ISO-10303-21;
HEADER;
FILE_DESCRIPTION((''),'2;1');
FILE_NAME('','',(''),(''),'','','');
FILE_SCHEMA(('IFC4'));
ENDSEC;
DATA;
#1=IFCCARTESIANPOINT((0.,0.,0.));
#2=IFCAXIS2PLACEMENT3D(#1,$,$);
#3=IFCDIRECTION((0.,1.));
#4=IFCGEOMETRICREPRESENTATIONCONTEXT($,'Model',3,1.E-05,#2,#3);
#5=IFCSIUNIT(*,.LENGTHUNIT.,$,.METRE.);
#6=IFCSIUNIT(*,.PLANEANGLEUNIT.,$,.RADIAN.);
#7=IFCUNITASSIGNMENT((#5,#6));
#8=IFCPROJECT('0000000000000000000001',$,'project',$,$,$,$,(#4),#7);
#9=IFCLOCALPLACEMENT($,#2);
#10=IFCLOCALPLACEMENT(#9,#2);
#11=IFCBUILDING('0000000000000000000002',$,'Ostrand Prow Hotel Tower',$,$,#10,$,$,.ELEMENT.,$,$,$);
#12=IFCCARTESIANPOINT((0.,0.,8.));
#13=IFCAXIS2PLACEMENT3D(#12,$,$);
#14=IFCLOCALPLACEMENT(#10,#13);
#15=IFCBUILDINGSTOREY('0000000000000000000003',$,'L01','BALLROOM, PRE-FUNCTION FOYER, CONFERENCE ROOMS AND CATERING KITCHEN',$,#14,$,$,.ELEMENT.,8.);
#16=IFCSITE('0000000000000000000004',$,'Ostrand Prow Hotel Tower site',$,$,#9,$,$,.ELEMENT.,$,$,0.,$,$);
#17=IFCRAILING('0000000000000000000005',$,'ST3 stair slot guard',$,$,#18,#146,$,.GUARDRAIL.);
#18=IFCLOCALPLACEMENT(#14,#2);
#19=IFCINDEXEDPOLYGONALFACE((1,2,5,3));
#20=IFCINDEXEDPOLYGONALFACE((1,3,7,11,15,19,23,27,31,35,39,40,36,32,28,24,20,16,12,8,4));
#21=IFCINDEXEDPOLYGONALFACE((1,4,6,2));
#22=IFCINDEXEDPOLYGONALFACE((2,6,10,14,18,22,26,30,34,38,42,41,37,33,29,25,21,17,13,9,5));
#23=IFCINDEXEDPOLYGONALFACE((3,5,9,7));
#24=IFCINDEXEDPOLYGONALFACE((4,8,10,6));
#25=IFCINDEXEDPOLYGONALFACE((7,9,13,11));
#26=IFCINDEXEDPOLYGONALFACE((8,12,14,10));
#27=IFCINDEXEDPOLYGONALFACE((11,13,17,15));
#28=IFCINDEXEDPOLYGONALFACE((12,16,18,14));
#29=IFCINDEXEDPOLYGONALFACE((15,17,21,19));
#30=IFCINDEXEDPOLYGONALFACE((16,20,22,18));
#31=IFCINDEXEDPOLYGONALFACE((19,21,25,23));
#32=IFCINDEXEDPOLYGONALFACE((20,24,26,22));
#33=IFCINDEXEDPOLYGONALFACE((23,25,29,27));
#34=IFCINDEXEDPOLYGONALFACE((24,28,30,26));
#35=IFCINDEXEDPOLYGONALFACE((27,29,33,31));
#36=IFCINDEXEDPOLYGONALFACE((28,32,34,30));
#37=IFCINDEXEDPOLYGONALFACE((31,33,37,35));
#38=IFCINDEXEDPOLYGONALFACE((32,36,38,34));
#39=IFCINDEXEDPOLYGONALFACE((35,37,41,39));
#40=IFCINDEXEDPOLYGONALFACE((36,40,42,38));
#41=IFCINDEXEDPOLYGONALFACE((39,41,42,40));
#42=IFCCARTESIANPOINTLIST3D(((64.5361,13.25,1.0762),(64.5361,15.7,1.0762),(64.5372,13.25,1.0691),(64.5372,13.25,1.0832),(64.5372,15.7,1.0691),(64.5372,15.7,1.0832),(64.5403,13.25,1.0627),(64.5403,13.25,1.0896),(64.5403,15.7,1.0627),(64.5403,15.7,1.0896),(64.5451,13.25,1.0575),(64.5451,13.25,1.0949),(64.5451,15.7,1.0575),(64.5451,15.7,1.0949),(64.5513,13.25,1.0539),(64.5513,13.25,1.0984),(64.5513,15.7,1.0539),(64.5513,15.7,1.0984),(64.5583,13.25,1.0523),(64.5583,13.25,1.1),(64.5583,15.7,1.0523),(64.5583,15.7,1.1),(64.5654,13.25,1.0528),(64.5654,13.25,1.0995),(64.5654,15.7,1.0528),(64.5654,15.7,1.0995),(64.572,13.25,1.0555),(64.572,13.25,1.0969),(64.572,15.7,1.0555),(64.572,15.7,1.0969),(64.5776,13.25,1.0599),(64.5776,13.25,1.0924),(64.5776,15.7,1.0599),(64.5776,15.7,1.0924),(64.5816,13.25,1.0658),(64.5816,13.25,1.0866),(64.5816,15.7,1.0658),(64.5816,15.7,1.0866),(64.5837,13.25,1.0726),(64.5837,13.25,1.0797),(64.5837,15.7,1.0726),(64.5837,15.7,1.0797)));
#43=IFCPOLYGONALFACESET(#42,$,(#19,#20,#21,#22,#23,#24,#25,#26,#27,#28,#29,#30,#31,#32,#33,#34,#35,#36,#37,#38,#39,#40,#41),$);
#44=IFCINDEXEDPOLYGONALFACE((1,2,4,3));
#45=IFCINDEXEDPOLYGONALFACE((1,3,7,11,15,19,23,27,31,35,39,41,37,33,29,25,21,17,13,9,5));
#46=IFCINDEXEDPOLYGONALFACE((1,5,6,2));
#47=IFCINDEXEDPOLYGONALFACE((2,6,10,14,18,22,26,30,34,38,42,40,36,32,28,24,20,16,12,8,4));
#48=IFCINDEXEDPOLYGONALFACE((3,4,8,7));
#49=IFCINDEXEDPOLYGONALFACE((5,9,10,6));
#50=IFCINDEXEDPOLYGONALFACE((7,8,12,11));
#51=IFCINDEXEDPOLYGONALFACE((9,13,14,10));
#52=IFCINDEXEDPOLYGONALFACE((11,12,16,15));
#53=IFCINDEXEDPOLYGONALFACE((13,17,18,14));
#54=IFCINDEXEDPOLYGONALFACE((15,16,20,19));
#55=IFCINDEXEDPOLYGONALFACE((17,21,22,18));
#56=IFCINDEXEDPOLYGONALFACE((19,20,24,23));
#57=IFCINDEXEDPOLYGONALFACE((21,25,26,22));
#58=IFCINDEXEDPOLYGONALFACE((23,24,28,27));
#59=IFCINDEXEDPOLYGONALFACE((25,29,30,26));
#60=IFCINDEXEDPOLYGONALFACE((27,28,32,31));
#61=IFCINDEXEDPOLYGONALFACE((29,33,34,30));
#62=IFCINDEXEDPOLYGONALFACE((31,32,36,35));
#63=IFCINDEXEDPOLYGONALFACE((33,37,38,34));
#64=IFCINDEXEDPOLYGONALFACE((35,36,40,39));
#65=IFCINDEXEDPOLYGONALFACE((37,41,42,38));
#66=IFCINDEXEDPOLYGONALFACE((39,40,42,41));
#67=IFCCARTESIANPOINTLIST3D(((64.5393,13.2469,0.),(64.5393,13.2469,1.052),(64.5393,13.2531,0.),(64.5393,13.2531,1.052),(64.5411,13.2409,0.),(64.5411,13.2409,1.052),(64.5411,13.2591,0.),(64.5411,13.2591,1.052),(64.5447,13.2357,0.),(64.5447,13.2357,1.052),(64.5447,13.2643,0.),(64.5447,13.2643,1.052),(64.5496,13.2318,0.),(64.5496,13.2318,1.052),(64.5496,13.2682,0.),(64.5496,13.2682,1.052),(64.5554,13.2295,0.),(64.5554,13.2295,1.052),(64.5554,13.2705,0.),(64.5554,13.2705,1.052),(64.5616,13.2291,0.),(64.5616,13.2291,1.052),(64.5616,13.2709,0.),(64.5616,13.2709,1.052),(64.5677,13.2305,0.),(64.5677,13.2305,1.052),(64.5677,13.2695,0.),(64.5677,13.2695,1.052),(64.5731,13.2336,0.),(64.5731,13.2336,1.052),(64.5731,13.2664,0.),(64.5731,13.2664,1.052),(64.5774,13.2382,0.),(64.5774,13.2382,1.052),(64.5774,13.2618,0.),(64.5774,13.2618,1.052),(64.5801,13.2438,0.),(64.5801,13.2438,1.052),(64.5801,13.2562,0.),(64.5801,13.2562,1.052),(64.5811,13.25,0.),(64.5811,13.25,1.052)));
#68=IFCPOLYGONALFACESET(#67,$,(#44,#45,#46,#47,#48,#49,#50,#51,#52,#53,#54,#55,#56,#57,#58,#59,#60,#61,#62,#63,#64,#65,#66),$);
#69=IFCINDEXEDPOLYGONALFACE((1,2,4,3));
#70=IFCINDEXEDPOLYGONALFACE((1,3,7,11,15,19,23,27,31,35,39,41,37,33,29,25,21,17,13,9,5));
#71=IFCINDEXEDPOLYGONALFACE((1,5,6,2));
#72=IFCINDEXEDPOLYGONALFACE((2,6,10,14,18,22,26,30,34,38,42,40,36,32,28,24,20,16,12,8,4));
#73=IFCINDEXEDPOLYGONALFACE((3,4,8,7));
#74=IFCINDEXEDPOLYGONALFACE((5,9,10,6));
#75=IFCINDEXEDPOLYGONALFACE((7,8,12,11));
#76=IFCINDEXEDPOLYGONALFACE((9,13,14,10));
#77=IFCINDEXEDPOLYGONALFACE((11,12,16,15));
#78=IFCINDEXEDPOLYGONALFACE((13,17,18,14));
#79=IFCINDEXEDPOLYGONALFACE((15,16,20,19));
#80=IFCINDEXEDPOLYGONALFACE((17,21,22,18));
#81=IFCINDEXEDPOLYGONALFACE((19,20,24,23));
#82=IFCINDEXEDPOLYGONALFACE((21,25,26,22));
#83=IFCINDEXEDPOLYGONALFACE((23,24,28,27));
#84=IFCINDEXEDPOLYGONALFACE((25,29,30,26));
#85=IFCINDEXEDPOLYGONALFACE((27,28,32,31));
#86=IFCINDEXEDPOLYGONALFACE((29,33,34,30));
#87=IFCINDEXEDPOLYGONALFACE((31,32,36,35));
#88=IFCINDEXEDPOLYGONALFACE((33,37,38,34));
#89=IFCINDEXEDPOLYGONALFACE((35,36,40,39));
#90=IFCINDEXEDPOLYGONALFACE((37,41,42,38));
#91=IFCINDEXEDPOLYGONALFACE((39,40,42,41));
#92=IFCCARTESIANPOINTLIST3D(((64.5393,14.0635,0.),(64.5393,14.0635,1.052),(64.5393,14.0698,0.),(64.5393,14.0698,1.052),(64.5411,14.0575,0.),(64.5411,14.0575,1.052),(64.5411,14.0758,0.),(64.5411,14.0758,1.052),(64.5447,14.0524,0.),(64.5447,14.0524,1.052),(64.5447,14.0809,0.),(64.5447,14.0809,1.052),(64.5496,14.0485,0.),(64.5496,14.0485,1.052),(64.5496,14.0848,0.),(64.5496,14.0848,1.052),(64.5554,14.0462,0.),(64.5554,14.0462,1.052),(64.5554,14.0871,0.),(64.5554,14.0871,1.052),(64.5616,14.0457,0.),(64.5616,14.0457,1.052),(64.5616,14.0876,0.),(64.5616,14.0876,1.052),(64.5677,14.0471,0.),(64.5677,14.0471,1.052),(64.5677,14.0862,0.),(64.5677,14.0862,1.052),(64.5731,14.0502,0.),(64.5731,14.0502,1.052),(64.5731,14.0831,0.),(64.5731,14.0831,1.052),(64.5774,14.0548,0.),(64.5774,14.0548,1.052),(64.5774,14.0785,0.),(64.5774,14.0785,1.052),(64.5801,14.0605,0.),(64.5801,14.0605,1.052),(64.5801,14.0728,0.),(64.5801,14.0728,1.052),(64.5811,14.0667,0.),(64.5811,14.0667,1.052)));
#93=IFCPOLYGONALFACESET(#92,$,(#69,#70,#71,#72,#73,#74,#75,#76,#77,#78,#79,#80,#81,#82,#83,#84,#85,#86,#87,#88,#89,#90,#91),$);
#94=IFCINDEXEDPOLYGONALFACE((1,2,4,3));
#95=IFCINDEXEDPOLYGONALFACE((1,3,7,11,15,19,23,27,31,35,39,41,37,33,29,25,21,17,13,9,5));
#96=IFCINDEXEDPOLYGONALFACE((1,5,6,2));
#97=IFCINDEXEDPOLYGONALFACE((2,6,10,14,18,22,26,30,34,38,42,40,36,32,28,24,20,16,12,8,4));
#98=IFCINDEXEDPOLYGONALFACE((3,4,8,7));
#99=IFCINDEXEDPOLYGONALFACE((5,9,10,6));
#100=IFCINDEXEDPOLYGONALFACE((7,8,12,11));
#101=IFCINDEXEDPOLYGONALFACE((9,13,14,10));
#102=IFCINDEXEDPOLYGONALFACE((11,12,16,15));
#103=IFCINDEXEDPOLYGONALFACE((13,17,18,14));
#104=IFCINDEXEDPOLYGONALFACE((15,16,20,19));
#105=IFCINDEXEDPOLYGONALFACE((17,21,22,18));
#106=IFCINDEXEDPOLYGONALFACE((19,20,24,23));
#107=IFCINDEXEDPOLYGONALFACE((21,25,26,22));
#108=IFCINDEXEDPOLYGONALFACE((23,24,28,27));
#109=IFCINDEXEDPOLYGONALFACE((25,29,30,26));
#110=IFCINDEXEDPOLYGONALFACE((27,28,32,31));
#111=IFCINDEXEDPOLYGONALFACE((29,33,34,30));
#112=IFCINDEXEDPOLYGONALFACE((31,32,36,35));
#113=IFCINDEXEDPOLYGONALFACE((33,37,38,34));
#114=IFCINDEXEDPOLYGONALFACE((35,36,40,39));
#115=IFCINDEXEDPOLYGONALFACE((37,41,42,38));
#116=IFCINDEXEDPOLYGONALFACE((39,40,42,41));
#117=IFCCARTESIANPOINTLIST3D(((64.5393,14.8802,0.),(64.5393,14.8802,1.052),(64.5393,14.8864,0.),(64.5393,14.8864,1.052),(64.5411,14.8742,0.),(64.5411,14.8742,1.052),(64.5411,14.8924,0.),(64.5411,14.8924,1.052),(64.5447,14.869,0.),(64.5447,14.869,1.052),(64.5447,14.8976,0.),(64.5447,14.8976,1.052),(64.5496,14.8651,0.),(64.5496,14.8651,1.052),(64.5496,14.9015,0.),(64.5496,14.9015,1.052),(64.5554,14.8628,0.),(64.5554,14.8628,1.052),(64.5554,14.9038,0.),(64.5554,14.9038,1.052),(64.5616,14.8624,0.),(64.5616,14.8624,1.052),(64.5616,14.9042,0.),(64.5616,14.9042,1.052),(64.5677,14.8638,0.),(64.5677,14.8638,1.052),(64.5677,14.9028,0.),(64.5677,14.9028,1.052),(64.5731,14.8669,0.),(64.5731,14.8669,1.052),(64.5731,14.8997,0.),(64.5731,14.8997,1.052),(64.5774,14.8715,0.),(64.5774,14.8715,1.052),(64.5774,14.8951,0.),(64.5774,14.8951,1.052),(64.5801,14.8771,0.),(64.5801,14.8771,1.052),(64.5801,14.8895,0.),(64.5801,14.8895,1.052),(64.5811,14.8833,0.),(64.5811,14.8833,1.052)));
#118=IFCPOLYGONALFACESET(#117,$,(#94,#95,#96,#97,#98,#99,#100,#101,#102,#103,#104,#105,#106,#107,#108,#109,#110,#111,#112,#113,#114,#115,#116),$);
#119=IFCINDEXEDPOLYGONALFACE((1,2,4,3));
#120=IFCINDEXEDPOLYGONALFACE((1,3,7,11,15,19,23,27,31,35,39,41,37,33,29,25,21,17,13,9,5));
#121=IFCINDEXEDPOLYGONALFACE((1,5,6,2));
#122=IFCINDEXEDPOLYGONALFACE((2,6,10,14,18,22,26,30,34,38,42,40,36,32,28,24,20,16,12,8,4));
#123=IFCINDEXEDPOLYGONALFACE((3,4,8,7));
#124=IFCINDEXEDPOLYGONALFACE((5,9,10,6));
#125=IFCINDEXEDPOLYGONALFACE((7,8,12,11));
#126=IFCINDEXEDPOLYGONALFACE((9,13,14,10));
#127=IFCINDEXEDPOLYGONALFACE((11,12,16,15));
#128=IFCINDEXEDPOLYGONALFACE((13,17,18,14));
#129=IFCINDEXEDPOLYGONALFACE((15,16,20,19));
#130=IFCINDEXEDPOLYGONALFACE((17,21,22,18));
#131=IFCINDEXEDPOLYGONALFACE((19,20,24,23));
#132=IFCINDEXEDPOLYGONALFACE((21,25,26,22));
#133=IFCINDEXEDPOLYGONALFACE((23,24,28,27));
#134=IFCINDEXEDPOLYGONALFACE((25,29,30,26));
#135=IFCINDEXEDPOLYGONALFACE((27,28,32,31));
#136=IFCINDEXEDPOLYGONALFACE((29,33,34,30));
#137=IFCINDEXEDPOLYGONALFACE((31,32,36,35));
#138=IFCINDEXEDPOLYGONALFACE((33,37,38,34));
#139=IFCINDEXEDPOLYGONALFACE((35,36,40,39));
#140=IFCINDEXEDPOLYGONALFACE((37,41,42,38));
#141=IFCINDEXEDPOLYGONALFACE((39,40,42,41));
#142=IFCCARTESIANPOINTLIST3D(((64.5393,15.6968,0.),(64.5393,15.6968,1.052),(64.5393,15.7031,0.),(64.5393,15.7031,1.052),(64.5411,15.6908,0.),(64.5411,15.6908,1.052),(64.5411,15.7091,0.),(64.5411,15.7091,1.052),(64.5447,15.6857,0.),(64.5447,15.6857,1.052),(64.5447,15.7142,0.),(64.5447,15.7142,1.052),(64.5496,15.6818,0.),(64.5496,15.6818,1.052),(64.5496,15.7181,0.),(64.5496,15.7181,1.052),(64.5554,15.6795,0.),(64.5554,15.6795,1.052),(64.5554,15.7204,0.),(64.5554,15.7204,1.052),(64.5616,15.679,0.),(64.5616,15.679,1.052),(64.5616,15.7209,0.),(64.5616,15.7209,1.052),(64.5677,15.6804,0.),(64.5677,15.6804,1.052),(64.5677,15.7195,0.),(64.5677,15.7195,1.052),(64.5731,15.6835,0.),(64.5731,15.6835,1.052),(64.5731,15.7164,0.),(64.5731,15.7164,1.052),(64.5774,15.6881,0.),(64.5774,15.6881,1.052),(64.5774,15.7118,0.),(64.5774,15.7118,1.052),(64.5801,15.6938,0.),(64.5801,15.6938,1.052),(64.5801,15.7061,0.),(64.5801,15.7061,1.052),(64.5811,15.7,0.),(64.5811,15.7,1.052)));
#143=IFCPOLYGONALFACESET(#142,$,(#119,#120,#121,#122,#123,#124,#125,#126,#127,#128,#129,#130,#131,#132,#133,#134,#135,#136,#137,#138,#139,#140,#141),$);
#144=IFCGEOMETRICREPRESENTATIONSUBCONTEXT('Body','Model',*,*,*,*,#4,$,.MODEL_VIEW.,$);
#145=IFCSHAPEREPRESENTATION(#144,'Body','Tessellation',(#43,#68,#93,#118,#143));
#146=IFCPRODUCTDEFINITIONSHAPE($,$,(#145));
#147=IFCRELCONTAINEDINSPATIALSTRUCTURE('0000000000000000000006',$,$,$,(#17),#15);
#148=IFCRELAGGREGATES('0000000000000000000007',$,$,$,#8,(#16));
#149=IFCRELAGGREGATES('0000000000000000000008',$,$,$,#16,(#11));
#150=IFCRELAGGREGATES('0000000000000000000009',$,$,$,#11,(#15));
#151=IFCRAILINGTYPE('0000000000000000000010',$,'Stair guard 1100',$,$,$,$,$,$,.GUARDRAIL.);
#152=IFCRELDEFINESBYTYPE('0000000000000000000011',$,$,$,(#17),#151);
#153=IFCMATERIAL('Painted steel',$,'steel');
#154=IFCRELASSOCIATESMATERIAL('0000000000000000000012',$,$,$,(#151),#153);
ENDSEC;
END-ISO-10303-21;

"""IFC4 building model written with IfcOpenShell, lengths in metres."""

from ifc_helpers import new_model, si_unit, direction, frame, origin, origin_2d, place, context, subcontext, project, spatial, circle, extrude, material, type_object, element, save


model = new_model("IFC4")

# Units and contexts
model_context = context("Model", 3, precision=1e-05, world=origin(), true_north=direction((0.0, 1.0)))
body_context = subcontext(model_context, "Body", "Model", "MODEL_VIEW")
ifc_project = project(units=[si_unit("LENGTHUNIT", "METRE"), si_unit("PLANEANGLEUNIT", "RADIAN")], contexts=[model_context])

# Site, building, storey
site_placement = place(None, origin())
site = spatial("IfcSite", under=ifc_project, at=site_placement, Name="Ostrand Prow Hotel Tower site", CompositionType="ELEMENT", RefElevation=0.0)
building_placement = place(site_placement, origin())
building = spatial("IfcBuilding", under=site, at=building_placement, Name="Ostrand Prow Hotel Tower", CompositionType="ELEMENT")
storey_placement = place(building_placement, frame((0.0, 0.0, 8.0)))
storey = spatial("IfcBuildingStorey", under=building, at=storey_placement, Name="L01", Description="BALLROOM, PRE-FUNCTION FOYER, CONFERENCE ROOMS AND CATERING KITCHEN", CompositionType="ELEMENT", Elevation=8.0)

# Railing
ifc_material_1 = material(Name="Painted steel", Category="steel")
railing_type_1 = type_object("IfcRailingType", Name="Stair guard 1100", PredefinedType="GUARDRAIL", material=ifc_material_1)
railing_1_placement = place(storey_placement, frame((64.5601, 13.25, 0.0)))
element("IfcRailing", 1, at=railing_1_placement, inside=storey, type_object=railing_type_1, Name="ST3 stair slot guard", PredefinedType="GUARDRAIL", context=body_context, shape_type="SweptSolid", body=[
    extrude(circle(Radius=0.0239, at=origin_2d()), frame((0.0, 0.0, 1.0762), z_axis=(0.0, 1.0, 0.0), x_axis=(-1.0, 0.0, 0.0)), (0.0, 0.0, 1.0), 2.45),
    extrude(circle(Radius=0.021, at=origin_2d()), origin(), (0.0, 0.0, 1.0), 1.052),
    extrude(circle(Radius=0.021, at=origin_2d()), frame((0.0, 0.8167, 0.0)), (0.0, 0.0, 1.0), 1.052),
    extrude(circle(Radius=0.021, at=origin_2d()), frame((0.0, 1.6333, 0.0)), (0.0, 0.0, 1.0), 1.052),
    extrude(circle(Radius=0.021, at=origin_2d()), frame((0.0, 2.45, 0.0)), (0.0, 0.0, 1.0), 1.052),
])

save(model, "model.ifc")
